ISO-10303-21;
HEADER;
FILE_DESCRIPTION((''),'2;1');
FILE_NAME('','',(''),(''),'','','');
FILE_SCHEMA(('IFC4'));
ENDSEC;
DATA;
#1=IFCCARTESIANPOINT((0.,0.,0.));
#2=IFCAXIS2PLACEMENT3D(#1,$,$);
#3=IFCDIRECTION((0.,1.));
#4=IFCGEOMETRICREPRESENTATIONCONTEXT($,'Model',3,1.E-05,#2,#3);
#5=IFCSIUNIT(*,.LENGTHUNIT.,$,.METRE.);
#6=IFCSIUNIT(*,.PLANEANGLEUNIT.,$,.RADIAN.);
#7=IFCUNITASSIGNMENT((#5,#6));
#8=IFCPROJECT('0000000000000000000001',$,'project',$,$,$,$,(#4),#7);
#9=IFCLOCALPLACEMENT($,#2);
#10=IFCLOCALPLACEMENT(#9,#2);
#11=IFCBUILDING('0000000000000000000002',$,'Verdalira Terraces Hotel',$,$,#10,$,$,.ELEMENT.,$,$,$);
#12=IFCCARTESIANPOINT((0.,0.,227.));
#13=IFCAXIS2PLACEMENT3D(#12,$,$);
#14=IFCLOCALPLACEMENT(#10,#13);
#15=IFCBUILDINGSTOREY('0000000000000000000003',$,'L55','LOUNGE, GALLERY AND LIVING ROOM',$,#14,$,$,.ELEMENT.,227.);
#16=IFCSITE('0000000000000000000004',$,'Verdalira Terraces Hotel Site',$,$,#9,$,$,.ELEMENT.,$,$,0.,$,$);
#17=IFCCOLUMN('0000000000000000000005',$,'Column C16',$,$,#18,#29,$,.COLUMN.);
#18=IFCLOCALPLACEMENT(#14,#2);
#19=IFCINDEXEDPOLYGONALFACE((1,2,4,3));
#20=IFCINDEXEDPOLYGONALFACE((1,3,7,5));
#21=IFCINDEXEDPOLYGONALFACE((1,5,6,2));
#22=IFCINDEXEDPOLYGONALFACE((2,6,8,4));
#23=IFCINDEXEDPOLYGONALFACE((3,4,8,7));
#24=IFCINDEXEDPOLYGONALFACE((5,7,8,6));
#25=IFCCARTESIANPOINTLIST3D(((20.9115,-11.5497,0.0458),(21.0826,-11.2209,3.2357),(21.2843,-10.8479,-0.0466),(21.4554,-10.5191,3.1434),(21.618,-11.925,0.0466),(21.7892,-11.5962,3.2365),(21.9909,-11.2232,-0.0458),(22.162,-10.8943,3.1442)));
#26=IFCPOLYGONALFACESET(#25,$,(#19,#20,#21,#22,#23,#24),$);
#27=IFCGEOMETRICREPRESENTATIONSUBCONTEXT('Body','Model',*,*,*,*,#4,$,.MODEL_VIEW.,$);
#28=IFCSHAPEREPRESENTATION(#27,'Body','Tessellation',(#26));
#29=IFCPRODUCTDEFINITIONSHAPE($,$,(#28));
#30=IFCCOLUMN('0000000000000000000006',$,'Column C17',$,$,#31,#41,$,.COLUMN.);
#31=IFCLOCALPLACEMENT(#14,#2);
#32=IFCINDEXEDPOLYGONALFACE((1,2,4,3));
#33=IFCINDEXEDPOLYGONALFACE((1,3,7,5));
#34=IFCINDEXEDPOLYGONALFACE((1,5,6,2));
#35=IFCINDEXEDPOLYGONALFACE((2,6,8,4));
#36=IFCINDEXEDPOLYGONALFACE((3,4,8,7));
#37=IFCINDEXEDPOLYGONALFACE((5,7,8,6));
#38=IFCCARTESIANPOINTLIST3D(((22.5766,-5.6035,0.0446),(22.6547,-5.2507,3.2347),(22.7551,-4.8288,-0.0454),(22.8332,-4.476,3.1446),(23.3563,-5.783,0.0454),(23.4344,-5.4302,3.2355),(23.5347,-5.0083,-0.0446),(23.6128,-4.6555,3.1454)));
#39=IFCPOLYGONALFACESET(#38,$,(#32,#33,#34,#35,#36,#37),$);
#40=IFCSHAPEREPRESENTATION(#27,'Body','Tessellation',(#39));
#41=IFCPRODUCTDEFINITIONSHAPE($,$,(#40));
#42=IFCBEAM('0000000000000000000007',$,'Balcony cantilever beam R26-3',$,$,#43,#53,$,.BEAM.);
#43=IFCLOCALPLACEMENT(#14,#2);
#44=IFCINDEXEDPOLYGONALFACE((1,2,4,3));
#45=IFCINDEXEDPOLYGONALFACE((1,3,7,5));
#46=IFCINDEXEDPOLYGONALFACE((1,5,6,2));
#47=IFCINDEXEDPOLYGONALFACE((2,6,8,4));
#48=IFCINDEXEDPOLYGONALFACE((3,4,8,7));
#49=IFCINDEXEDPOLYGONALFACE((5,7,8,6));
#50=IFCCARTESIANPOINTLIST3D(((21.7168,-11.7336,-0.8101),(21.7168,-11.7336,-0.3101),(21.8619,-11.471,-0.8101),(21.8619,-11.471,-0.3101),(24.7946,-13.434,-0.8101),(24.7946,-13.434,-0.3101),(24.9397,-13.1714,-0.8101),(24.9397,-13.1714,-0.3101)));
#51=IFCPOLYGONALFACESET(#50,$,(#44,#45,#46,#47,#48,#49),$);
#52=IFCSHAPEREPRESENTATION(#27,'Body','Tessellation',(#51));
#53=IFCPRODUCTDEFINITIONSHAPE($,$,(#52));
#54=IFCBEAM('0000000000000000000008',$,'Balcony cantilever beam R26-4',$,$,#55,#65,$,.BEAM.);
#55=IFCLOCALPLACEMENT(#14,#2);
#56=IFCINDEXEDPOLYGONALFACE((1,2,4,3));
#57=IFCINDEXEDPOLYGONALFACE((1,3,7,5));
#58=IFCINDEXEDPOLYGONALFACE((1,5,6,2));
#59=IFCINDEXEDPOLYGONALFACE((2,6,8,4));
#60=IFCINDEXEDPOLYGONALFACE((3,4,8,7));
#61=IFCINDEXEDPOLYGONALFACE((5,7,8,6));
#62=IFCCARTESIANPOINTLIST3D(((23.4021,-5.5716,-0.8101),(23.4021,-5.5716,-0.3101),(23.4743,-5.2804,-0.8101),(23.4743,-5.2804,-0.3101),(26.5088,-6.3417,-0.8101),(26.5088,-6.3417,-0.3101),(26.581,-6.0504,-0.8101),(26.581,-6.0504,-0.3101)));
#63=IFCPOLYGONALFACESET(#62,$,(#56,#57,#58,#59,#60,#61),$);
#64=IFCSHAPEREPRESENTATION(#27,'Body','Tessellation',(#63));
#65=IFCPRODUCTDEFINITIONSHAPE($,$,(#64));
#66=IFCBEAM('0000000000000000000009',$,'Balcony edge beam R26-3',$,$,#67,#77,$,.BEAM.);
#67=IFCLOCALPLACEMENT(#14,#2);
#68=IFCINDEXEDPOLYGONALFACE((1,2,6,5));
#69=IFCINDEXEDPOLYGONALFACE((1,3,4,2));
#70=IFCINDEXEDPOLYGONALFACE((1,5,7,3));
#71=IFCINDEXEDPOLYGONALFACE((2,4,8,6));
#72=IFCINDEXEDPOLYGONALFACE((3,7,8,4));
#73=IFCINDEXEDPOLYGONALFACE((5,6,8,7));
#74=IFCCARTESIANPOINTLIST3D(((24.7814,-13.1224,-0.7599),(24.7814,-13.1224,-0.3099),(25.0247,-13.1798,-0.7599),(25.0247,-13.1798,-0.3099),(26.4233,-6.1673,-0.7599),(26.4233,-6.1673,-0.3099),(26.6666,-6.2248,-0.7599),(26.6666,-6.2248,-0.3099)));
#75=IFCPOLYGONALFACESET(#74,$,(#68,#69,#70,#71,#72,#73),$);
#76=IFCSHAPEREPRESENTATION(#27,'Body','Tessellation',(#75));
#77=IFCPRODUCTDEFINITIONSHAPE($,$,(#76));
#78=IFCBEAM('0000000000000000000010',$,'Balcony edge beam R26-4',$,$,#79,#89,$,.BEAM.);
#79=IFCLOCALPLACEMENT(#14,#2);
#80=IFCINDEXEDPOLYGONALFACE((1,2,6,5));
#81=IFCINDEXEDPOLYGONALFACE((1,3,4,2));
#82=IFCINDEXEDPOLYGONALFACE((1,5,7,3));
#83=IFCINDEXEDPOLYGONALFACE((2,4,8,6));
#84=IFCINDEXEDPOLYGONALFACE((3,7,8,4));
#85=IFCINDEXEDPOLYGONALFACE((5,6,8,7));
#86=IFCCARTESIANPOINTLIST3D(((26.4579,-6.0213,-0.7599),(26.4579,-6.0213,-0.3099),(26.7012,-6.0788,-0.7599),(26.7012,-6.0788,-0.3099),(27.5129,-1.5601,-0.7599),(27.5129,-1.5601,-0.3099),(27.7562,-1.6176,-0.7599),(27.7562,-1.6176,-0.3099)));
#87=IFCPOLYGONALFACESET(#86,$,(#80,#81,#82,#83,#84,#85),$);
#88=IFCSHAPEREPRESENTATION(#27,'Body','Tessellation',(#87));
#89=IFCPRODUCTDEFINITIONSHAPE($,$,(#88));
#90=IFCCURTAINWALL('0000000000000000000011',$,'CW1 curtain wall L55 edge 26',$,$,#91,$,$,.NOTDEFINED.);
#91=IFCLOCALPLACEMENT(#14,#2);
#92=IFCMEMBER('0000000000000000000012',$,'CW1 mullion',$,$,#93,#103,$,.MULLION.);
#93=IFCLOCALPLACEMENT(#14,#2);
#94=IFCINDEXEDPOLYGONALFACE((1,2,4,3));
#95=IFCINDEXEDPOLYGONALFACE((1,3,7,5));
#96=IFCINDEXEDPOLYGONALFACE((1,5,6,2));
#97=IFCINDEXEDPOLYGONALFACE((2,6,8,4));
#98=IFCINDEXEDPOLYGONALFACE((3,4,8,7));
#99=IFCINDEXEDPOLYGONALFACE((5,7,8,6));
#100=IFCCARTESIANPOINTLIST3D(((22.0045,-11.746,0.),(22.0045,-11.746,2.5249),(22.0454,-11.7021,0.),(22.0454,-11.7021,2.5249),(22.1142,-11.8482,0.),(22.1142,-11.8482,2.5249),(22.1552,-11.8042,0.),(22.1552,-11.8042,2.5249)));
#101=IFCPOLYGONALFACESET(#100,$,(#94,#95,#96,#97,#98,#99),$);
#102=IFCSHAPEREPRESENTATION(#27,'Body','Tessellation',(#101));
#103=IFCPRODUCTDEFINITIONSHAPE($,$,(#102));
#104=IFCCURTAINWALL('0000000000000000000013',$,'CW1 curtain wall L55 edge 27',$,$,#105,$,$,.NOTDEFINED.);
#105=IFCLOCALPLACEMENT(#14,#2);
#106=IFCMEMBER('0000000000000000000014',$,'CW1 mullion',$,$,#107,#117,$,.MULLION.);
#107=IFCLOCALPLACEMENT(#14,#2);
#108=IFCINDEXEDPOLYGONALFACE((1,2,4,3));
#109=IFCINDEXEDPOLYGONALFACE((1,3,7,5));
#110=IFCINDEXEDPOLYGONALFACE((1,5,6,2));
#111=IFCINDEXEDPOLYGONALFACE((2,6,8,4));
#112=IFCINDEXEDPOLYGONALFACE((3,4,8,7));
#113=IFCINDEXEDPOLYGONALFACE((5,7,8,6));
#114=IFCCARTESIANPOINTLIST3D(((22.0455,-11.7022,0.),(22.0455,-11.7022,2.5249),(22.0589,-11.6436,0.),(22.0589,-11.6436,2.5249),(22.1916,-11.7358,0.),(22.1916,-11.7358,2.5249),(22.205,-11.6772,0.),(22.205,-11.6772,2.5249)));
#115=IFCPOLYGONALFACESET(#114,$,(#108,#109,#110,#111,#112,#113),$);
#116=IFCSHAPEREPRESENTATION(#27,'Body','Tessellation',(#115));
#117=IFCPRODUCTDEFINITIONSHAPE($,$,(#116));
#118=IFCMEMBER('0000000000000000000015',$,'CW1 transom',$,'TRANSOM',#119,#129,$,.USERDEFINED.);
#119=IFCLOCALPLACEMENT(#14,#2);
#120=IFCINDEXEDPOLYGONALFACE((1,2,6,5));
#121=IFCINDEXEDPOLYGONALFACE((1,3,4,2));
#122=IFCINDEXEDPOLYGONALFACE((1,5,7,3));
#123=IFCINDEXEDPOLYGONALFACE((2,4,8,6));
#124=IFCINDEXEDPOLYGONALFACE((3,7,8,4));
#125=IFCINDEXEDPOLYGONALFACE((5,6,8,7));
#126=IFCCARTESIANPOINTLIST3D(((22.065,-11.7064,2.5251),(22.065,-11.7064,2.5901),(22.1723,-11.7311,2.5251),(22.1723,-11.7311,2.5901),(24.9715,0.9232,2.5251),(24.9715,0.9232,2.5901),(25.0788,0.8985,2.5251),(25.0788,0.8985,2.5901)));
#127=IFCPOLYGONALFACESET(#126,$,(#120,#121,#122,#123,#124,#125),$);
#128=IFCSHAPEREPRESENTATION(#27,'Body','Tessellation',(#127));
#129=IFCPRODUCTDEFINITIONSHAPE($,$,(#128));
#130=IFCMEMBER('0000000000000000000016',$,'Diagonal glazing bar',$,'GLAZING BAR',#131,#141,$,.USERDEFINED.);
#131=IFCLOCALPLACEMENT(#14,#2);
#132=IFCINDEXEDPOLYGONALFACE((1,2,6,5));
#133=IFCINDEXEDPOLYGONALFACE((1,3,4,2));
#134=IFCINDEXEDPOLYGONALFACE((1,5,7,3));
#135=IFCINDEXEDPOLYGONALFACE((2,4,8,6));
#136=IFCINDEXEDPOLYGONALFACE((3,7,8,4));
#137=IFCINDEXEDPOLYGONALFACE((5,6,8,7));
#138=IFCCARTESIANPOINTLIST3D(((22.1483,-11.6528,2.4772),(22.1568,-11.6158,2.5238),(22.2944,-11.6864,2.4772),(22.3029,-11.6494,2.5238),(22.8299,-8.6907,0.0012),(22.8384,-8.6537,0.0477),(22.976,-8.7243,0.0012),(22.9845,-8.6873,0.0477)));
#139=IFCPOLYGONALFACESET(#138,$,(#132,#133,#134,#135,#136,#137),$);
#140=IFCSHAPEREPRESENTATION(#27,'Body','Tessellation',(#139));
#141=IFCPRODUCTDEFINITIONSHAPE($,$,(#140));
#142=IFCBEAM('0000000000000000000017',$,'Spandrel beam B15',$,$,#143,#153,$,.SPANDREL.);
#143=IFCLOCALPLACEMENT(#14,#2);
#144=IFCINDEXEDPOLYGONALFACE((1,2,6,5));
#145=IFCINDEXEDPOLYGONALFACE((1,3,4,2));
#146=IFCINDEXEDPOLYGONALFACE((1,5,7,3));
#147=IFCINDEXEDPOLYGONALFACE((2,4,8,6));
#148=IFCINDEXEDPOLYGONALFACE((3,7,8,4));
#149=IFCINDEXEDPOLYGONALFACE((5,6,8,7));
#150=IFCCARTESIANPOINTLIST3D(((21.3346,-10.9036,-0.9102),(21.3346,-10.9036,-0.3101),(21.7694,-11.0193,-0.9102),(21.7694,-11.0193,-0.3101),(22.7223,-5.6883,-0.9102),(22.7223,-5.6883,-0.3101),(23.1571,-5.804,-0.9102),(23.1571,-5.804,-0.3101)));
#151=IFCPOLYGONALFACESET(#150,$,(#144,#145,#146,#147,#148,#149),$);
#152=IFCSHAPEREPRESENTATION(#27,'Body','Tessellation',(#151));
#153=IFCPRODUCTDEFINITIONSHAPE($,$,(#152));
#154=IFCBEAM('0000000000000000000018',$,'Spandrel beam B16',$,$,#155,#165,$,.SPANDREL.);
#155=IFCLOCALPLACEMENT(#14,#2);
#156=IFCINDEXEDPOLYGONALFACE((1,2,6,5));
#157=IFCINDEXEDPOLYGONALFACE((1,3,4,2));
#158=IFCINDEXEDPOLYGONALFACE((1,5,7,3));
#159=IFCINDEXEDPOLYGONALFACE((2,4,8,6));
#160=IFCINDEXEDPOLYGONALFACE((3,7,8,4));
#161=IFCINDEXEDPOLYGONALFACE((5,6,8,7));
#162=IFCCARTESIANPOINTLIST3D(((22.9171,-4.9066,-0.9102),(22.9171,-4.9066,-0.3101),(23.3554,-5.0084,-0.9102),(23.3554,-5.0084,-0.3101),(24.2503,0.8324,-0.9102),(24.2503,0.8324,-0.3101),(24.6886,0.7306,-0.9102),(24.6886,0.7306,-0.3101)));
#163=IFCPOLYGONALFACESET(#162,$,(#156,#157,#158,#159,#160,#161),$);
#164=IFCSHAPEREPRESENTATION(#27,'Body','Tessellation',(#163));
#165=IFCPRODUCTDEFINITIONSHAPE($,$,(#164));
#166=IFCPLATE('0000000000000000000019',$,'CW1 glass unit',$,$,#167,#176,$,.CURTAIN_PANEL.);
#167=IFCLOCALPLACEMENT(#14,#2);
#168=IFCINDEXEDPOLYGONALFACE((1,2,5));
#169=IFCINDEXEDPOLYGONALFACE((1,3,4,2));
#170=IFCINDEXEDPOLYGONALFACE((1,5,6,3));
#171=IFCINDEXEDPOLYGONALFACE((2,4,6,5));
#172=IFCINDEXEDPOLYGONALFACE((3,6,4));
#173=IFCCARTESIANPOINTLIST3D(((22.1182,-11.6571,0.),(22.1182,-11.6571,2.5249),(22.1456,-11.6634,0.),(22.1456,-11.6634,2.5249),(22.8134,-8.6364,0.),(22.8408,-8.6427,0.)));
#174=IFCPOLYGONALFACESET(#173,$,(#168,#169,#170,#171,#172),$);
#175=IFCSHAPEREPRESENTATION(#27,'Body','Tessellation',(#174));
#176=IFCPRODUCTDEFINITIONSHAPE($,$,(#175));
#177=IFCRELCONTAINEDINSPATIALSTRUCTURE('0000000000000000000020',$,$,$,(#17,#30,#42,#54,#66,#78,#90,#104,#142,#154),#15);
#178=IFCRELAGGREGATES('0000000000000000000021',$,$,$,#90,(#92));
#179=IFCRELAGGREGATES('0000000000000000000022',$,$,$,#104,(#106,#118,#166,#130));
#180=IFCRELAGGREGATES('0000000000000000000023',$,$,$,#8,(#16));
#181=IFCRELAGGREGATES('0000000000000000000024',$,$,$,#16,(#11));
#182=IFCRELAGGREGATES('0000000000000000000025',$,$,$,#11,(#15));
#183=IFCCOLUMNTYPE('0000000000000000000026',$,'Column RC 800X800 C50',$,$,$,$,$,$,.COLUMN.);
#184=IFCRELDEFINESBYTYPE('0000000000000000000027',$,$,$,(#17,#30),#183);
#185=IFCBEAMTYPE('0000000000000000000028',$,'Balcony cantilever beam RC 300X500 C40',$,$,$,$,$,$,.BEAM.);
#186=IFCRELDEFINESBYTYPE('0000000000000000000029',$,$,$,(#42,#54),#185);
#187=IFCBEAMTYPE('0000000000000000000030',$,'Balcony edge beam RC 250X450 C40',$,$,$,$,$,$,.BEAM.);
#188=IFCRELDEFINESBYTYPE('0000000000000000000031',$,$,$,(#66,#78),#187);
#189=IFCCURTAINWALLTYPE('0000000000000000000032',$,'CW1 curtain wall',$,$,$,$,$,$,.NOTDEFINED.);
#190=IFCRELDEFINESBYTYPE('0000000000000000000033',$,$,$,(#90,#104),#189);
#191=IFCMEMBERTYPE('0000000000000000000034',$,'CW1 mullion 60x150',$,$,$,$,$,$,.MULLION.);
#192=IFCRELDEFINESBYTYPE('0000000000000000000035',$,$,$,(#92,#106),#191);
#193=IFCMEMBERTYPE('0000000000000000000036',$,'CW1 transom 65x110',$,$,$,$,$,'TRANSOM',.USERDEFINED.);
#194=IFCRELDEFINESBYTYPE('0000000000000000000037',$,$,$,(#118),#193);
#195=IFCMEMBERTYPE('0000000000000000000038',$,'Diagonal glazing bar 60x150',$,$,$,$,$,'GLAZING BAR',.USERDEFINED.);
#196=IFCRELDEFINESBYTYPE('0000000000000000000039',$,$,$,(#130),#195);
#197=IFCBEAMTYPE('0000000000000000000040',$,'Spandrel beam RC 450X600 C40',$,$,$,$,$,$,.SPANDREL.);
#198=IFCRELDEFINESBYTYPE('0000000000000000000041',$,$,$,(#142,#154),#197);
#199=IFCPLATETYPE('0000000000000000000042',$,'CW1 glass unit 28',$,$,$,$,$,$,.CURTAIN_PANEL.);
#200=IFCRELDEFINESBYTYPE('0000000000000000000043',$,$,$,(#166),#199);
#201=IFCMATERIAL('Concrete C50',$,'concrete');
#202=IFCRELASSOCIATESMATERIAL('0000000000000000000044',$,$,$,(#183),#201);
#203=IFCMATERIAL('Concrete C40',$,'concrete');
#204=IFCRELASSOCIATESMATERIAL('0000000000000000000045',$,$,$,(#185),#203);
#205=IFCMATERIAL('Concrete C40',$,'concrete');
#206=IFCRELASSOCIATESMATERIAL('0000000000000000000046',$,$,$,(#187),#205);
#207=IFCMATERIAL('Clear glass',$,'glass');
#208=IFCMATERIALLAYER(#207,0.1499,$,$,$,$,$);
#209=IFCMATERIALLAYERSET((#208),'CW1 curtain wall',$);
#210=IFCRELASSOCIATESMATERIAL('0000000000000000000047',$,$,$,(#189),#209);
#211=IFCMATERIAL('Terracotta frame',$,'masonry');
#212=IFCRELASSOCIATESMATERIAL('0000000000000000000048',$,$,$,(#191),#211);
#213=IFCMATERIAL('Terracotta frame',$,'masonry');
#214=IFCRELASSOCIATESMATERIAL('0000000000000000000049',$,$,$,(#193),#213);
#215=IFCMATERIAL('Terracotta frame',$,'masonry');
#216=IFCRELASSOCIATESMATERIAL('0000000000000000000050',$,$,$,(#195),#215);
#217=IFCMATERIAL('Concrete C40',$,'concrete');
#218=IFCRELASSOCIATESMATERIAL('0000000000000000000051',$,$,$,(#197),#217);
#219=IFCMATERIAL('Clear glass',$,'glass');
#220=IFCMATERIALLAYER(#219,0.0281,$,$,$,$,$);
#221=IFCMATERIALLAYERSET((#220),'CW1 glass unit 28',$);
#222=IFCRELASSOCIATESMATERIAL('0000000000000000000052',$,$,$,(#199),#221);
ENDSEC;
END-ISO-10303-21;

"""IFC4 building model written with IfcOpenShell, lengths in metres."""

from ifc_helpers import new_model, si_unit, direction, frame, origin, origin_2d, place, context, subcontext, project, spatial, polyline, rectangle, outline, extrude, material, layer, layer_set, material_profile, profile_set, type_object, element, aggregate, save


model = new_model("IFC4")

# Units and contexts
model_context = context("Model", 3, precision=1e-05, world=origin(), true_north=direction((0.0, 1.0)))
body_context = subcontext(model_context, "Body", "Model", "MODEL_VIEW")
ifc_project = project(units=[si_unit("LENGTHUNIT", "METRE"), si_unit("PLANEANGLEUNIT", "RADIAN")], contexts=[model_context])

# Site, building, storey
site_placement = place(None, origin())
site = spatial("IfcSite", under=ifc_project, at=site_placement, Name="Verdalira Terraces Hotel Site", CompositionType="ELEMENT", RefElevation=0.0)
building_placement = place(site_placement, origin())
building = spatial("IfcBuilding", under=site, at=building_placement, Name="Verdalira Terraces Hotel", CompositionType="ELEMENT")
storey_placement = place(building_placement, frame((0.0, 0.0, 227.0)))
storey = spatial("IfcBuildingStorey", under=building, at=storey_placement, Name="L55", Description="LOUNGE, GALLERY AND LIVING ROOM", CompositionType="ELEMENT", Elevation=227.0)

# Columns
ifc_material_1 = material(Name="Concrete C50", Category="concrete")
ifc_material_profile_1 = material_profile(ifc_material_1, rectangle(XDim=0.8, YDim=0.8, at=origin_2d()), Name="RC 800X800")
ifc_profile_set_1 = profile_set([ifc_material_profile_1], Name="Concrete C50")
column_type = type_object("IfcColumnType", Name="Column RC 800X800 C50", PredefinedType="COLUMN", material=ifc_profile_set_1)
column_1_placement = place(storey_placement, frame((21.4512, -11.3865, 0.0), z_axis=(0.053292, 0.102403, 0.993314), x_axis=(-0.466021, -0.877211, 0.115436)))
element("IfcColumn", 1, at=column_1_placement, inside=storey, type_object=column_type, Name="Column C16", PredefinedType="COLUMN", context=body_context, shape_type="SweptSolid", body=[
    extrude(rectangle(XDim=0.8, YDim=0.8, at=origin_2d()), origin(), (0.0, 0.0, 1.0), 3.2114),
])
column_2_placement = place(storey_placement, frame((23.0557, -5.3059, 0.0), z_axis=(0.024335, 0.10989, 0.993646), x_axis=(0.223066, 0.968284, -0.112548)))
element("IfcColumn", 2, at=column_2_placement, inside=storey, type_object=column_type, Name="Column C17", PredefinedType="COLUMN", context=body_context, shape_type="SweptSolid", body=[
    extrude(rectangle(XDim=0.8, YDim=0.8, at=origin_2d()), origin(), (0.0, 0.0, 1.0), 3.2104),
])

# Beams
ifc_material_2 = material(Name="Concrete C40", Category="concrete")
ifc_material_profile_2 = material_profile(ifc_material_2, rectangle(XDim=0.3, YDim=0.5, at=origin_2d()), Name="RC 300X500")
ifc_profile_set_2 = profile_set([ifc_material_profile_2], Name="Concrete C40")
beam_type_1 = type_object("IfcBeamType", Name="Balcony cantilever beam RC 300X500 C40", PredefinedType="BEAM", material=ifc_profile_set_2)
beam_1_placement = place(storey_placement, frame((21.7893, -11.6023, -0.5601), z_axis=(0.875301, -0.483578, 0.0), x_axis=(0.483578, 0.875301, 0.0)))
element("IfcBeam", 3, at=beam_1_placement, inside=storey, type_object=beam_type_1, Name="Balcony cantilever beam R26-3", PredefinedType="BEAM", context=body_context, shape_type="SweptSolid", body=[
    extrude(rectangle(XDim=0.3, YDim=0.5, at=origin_2d()), origin(), (0.0, 0.0, 1.0), 3.5164),
])
beam_2_placement = place(storey_placement, frame((23.4382, -5.426, -0.5601), z_axis=(0.97063, -0.240579, 0.0), x_axis=(0.240579, 0.97063, 0.0)))
element("IfcBeam", 4, at=beam_2_placement, inside=storey, type_object=beam_type_1, Name="Balcony cantilever beam R26-4", PredefinedType="BEAM", context=body_context, shape_type="SweptSolid", body=[
    extrude(rectangle(XDim=0.3, YDim=0.5, at=origin_2d()), origin(), (0.0, 0.0, 1.0), 3.2007),
])
ifc_material_3 = material(Name="Concrete C40", Category="concrete")
ifc_material_profile_3 = material_profile(ifc_material_3, rectangle(XDim=0.25, YDim=0.45, at=origin_2d()), Name="RC 250X450")
ifc_profile_set_3 = profile_set([ifc_material_profile_3], Name="Concrete C40")
beam_type_2 = type_object("IfcBeamType", Name="Balcony edge beam RC 250X450 C40", PredefinedType="BEAM", material=ifc_profile_set_3)
beam_3_placement = place(storey_placement, frame((24.9031, -13.1511, -0.5349), z_axis=(0.22975, 0.97325, 0.0), x_axis=(-0.97325, 0.22975, 0.0)))
element("IfcBeam", 5, at=beam_3_placement, inside=storey, type_object=beam_type_2, Name="Balcony edge beam R26-3", PredefinedType="BEAM", context=body_context, shape_type="SweptSolid", body=[
    extrude(rectangle(XDim=0.25, YDim=0.45, at=origin_2d()), origin(), (0.0, 0.0, 1.0), 7.1462),
])
beam_4_placement = place(storey_placement, frame((26.5796, -6.05, -0.5349), z_axis=(0.230123, 0.973162, 0.0), x_axis=(-0.973162, 0.230123, 0.0)))
element("IfcBeam", 6, at=beam_4_placement, inside=storey, type_object=beam_type_2, Name="Balcony edge beam R26-4", PredefinedType="BEAM", context=body_context, shape_type="SweptSolid", body=[
    extrude(rectangle(XDim=0.25, YDim=0.45, at=origin_2d()), origin(), (0.0, 0.0, 1.0), 4.5842),
])

# Curtain wall, member
ifc_material_4 = material(Name="Clear glass", Category="glass")
ifc_layer_1 = layer(ifc_material_4, 0.1499)
ifc_layer_set_1 = layer_set([ifc_layer_1], Name="CW1 curtain wall")
curtain_wall_type = type_object("IfcCurtainWallType", Name="CW1 curtain wall", PredefinedType="NOTDEFINED", material=ifc_layer_set_1)
curtain_wall_1_placement = place(storey_placement, origin())
curtain_wall_1 = element("IfcCurtainWall", 7, at=curtain_wall_1_placement, inside=storey, type_object=curtain_wall_type, Name="CW1 curtain wall L55 edge 26", PredefinedType="NOTDEFINED")
ifc_material_5 = material(Name="Terracotta frame", Category="masonry")
ifc_material_profile_4 = material_profile(ifc_material_5, rectangle(XDim=0.0601, YDim=0.1499, at=origin_2d()), Name="MU 60x150")
ifc_profile_set_4 = profile_set([ifc_material_profile_4], Name="Terracotta frame")
member_type_1 = type_object("IfcMemberType", Name="CW1 mullion 60x150", PredefinedType="MULLION", material=ifc_profile_set_4)
member_1_placement = place(storey_placement, frame((22.0798, -11.7751, 0.0), z_axis=(0.0, 0.0, 1.0), x_axis=(0.681488, 0.73183, 0.0)))
member_1 = element("IfcMember", 8, at=member_1_placement, type_object=member_type_1, Name="CW1 mullion", PredefinedType="MULLION", context=body_context, shape_type="SweptSolid", body=[
    extrude(rectangle(XDim=0.0601, YDim=0.1499, at=origin_2d()), origin(), (0.0, 0.0, 1.0), 2.5249),
])
aggregate(curtain_wall_1, [member_1])

# Curtain wall, members
curtain_wall_2_placement = place(storey_placement, origin())
curtain_wall_2 = element("IfcCurtainWall", 9, at=curtain_wall_2_placement, inside=storey, type_object=curtain_wall_type, Name="CW1 curtain wall L55 edge 27", PredefinedType="NOTDEFINED")
member_2_placement = place(storey_placement, frame((22.1252, -11.6897, 0.0), z_axis=(0.0, 0.0, 1.0), x_axis=(0.224271, 0.974527, 0.0)))
member_2 = element("IfcMember", 10, at=member_2_placement, type_object=member_type_1, Name="CW1 mullion", PredefinedType="MULLION", context=body_context, shape_type="SweptSolid", body=[
    extrude(rectangle(XDim=0.0601, YDim=0.1499, at=origin_2d()), origin(), (0.0, 0.0, 1.0), 2.5249),
])
ifc_material_6 = material(Name="Terracotta frame", Category="masonry")
ifc_material_profile_5 = material_profile(ifc_material_6, rectangle(XDim=0.1101, YDim=0.0649, at=origin_2d()), Name="TR 65x110")
ifc_profile_set_5 = profile_set([ifc_material_profile_5], Name="Terracotta frame")
member_type_2 = type_object("IfcMemberType", Name="CW1 transom 65x110", ElementType="TRANSOM", PredefinedType="USERDEFINED", material=ifc_profile_set_5)
member_3_placement = place(storey_placement, frame((22.1187, -11.7188, 2.5576), z_axis=(0.224271, 0.974527, 0.0), x_axis=(-0.974527, 0.224271, 0.0)))
member_3 = element("IfcMember", 11, at=member_3_placement, type_object=member_type_2, Name="CW1 transom", ObjectType="TRANSOM", PredefinedType="USERDEFINED", context=body_context, shape_type="SweptSolid", body=[
    extrude(rectangle(XDim=0.1101, YDim=0.0649, at=origin_2d()), origin(), (0.0, 0.0, 1.0), 12.9597),
])
ifc_material_7 = material(Name="Terracotta frame", Category="masonry")
ifc_material_profile_6 = material_profile(ifc_material_7, rectangle(XDim=0.1499, YDim=0.0601, at=origin_2d()), Name="GB 60x150")
ifc_profile_set_6 = profile_set([ifc_material_profile_6], Name="Terracotta frame")
member_type_3 = type_object("IfcMemberType", Name="Diagonal glazing bar 60x150", ElementType="GLAZING BAR", PredefinedType="USERDEFINED", material=ifc_profile_set_6)
member_4_placement = place(storey_placement, frame((22.2256, -11.6511, 2.5005), z_axis=(0.173868, 0.755565, -0.631578), x_axis=(-0.97453, 0.224255, 0.0)))
member_4 = element("IfcMember", 12, at=member_4_placement, type_object=member_type_3, Name="Diagonal glazing bar", ObjectType="GLAZING BAR", PredefinedType="USERDEFINED", context=body_context, shape_type="SweptSolid", body=[
    extrude(rectangle(XDim=0.1499, YDim=0.0601, at=origin_2d()), origin(), (0.0, 0.0, 1.0), 3.9204),
])

# Beams
ifc_material_8 = material(Name="Concrete C40", Category="concrete")
ifc_material_profile_7 = material_profile(ifc_material_8, rectangle(XDim=0.45, YDim=0.6001, at=origin_2d()), Name="RC 450X600")
ifc_profile_set_7 = profile_set([ifc_material_profile_7], Name="Concrete C40")
beam_type_3 = type_object("IfcBeamType", Name="Spandrel beam RC 450X600 C40", PredefinedType="SPANDREL", material=ifc_profile_set_7)
beam_5_placement = place(storey_placement, frame((21.552, -10.9614, -0.6101), z_axis=(0.257133, 0.966376, 0.0), x_axis=(-0.966376, 0.257133, 0.0)))
element("IfcBeam", 13, at=beam_5_placement, inside=storey, type_object=beam_type_3, Name="Spandrel beam B15", PredefinedType="SPANDREL", context=body_context, shape_type="SweptSolid", body=[
    extrude(rectangle(XDim=0.45, YDim=0.6001, at=origin_2d()), origin(), (0.0, 0.0, 1.0), 5.3967),
])
beam_6_placement = place(storey_placement, frame((23.1362, -4.9575, -0.6101), z_axis=(0.226288, 0.974061, 0.0), x_axis=(-0.974061, 0.226288, 0.0)))
element("IfcBeam", 14, at=beam_6_placement, inside=storey, type_object=beam_type_3, Name="Spandrel beam B16", PredefinedType="SPANDREL", context=body_context, shape_type="SweptSolid", body=[
    extrude(rectangle(XDim=0.45, YDim=0.6001, at=origin_2d()), origin(), (0.0, 0.0, 1.0), 5.8918),
])

# Plate
ifc_material_9 = material(Name="Clear glass", Category="glass")
ifc_layer_2 = layer(ifc_material_9, 0.0281)
ifc_layer_set_2 = layer_set([ifc_layer_2], Name="CW1 glass unit 28")
plate_type = type_object("IfcPlateType", Name="CW1 glass unit 28", PredefinedType="CURTAIN_PANEL", material=ifc_layer_set_2)
plate_1_placement = place(storey_placement, frame((22.4658, -10.1467, 1.2625), z_axis=(0.974527, -0.224271, 0.0), x_axis=(0.224271, 0.974527, 0.0)))
plate_1 = element("IfcPlate", 15, at=plate_1_placement, type_object=plate_type, Name="CW1 glass unit", PredefinedType="CURTAIN_PANEL", context=body_context, shape_type="SweptSolid", body=[
    extrude(outline(polyline([(-1.5498, -1.2625), (1.5498, -1.2625), (-1.5498, 1.2625), (-1.5498, -1.2625)])), origin(), (0.0, 0.0, 1.0), 0.0281),
])
aggregate(curtain_wall_2, [member_2, member_3, plate_1, member_4])

save(model, "model.ifc")
